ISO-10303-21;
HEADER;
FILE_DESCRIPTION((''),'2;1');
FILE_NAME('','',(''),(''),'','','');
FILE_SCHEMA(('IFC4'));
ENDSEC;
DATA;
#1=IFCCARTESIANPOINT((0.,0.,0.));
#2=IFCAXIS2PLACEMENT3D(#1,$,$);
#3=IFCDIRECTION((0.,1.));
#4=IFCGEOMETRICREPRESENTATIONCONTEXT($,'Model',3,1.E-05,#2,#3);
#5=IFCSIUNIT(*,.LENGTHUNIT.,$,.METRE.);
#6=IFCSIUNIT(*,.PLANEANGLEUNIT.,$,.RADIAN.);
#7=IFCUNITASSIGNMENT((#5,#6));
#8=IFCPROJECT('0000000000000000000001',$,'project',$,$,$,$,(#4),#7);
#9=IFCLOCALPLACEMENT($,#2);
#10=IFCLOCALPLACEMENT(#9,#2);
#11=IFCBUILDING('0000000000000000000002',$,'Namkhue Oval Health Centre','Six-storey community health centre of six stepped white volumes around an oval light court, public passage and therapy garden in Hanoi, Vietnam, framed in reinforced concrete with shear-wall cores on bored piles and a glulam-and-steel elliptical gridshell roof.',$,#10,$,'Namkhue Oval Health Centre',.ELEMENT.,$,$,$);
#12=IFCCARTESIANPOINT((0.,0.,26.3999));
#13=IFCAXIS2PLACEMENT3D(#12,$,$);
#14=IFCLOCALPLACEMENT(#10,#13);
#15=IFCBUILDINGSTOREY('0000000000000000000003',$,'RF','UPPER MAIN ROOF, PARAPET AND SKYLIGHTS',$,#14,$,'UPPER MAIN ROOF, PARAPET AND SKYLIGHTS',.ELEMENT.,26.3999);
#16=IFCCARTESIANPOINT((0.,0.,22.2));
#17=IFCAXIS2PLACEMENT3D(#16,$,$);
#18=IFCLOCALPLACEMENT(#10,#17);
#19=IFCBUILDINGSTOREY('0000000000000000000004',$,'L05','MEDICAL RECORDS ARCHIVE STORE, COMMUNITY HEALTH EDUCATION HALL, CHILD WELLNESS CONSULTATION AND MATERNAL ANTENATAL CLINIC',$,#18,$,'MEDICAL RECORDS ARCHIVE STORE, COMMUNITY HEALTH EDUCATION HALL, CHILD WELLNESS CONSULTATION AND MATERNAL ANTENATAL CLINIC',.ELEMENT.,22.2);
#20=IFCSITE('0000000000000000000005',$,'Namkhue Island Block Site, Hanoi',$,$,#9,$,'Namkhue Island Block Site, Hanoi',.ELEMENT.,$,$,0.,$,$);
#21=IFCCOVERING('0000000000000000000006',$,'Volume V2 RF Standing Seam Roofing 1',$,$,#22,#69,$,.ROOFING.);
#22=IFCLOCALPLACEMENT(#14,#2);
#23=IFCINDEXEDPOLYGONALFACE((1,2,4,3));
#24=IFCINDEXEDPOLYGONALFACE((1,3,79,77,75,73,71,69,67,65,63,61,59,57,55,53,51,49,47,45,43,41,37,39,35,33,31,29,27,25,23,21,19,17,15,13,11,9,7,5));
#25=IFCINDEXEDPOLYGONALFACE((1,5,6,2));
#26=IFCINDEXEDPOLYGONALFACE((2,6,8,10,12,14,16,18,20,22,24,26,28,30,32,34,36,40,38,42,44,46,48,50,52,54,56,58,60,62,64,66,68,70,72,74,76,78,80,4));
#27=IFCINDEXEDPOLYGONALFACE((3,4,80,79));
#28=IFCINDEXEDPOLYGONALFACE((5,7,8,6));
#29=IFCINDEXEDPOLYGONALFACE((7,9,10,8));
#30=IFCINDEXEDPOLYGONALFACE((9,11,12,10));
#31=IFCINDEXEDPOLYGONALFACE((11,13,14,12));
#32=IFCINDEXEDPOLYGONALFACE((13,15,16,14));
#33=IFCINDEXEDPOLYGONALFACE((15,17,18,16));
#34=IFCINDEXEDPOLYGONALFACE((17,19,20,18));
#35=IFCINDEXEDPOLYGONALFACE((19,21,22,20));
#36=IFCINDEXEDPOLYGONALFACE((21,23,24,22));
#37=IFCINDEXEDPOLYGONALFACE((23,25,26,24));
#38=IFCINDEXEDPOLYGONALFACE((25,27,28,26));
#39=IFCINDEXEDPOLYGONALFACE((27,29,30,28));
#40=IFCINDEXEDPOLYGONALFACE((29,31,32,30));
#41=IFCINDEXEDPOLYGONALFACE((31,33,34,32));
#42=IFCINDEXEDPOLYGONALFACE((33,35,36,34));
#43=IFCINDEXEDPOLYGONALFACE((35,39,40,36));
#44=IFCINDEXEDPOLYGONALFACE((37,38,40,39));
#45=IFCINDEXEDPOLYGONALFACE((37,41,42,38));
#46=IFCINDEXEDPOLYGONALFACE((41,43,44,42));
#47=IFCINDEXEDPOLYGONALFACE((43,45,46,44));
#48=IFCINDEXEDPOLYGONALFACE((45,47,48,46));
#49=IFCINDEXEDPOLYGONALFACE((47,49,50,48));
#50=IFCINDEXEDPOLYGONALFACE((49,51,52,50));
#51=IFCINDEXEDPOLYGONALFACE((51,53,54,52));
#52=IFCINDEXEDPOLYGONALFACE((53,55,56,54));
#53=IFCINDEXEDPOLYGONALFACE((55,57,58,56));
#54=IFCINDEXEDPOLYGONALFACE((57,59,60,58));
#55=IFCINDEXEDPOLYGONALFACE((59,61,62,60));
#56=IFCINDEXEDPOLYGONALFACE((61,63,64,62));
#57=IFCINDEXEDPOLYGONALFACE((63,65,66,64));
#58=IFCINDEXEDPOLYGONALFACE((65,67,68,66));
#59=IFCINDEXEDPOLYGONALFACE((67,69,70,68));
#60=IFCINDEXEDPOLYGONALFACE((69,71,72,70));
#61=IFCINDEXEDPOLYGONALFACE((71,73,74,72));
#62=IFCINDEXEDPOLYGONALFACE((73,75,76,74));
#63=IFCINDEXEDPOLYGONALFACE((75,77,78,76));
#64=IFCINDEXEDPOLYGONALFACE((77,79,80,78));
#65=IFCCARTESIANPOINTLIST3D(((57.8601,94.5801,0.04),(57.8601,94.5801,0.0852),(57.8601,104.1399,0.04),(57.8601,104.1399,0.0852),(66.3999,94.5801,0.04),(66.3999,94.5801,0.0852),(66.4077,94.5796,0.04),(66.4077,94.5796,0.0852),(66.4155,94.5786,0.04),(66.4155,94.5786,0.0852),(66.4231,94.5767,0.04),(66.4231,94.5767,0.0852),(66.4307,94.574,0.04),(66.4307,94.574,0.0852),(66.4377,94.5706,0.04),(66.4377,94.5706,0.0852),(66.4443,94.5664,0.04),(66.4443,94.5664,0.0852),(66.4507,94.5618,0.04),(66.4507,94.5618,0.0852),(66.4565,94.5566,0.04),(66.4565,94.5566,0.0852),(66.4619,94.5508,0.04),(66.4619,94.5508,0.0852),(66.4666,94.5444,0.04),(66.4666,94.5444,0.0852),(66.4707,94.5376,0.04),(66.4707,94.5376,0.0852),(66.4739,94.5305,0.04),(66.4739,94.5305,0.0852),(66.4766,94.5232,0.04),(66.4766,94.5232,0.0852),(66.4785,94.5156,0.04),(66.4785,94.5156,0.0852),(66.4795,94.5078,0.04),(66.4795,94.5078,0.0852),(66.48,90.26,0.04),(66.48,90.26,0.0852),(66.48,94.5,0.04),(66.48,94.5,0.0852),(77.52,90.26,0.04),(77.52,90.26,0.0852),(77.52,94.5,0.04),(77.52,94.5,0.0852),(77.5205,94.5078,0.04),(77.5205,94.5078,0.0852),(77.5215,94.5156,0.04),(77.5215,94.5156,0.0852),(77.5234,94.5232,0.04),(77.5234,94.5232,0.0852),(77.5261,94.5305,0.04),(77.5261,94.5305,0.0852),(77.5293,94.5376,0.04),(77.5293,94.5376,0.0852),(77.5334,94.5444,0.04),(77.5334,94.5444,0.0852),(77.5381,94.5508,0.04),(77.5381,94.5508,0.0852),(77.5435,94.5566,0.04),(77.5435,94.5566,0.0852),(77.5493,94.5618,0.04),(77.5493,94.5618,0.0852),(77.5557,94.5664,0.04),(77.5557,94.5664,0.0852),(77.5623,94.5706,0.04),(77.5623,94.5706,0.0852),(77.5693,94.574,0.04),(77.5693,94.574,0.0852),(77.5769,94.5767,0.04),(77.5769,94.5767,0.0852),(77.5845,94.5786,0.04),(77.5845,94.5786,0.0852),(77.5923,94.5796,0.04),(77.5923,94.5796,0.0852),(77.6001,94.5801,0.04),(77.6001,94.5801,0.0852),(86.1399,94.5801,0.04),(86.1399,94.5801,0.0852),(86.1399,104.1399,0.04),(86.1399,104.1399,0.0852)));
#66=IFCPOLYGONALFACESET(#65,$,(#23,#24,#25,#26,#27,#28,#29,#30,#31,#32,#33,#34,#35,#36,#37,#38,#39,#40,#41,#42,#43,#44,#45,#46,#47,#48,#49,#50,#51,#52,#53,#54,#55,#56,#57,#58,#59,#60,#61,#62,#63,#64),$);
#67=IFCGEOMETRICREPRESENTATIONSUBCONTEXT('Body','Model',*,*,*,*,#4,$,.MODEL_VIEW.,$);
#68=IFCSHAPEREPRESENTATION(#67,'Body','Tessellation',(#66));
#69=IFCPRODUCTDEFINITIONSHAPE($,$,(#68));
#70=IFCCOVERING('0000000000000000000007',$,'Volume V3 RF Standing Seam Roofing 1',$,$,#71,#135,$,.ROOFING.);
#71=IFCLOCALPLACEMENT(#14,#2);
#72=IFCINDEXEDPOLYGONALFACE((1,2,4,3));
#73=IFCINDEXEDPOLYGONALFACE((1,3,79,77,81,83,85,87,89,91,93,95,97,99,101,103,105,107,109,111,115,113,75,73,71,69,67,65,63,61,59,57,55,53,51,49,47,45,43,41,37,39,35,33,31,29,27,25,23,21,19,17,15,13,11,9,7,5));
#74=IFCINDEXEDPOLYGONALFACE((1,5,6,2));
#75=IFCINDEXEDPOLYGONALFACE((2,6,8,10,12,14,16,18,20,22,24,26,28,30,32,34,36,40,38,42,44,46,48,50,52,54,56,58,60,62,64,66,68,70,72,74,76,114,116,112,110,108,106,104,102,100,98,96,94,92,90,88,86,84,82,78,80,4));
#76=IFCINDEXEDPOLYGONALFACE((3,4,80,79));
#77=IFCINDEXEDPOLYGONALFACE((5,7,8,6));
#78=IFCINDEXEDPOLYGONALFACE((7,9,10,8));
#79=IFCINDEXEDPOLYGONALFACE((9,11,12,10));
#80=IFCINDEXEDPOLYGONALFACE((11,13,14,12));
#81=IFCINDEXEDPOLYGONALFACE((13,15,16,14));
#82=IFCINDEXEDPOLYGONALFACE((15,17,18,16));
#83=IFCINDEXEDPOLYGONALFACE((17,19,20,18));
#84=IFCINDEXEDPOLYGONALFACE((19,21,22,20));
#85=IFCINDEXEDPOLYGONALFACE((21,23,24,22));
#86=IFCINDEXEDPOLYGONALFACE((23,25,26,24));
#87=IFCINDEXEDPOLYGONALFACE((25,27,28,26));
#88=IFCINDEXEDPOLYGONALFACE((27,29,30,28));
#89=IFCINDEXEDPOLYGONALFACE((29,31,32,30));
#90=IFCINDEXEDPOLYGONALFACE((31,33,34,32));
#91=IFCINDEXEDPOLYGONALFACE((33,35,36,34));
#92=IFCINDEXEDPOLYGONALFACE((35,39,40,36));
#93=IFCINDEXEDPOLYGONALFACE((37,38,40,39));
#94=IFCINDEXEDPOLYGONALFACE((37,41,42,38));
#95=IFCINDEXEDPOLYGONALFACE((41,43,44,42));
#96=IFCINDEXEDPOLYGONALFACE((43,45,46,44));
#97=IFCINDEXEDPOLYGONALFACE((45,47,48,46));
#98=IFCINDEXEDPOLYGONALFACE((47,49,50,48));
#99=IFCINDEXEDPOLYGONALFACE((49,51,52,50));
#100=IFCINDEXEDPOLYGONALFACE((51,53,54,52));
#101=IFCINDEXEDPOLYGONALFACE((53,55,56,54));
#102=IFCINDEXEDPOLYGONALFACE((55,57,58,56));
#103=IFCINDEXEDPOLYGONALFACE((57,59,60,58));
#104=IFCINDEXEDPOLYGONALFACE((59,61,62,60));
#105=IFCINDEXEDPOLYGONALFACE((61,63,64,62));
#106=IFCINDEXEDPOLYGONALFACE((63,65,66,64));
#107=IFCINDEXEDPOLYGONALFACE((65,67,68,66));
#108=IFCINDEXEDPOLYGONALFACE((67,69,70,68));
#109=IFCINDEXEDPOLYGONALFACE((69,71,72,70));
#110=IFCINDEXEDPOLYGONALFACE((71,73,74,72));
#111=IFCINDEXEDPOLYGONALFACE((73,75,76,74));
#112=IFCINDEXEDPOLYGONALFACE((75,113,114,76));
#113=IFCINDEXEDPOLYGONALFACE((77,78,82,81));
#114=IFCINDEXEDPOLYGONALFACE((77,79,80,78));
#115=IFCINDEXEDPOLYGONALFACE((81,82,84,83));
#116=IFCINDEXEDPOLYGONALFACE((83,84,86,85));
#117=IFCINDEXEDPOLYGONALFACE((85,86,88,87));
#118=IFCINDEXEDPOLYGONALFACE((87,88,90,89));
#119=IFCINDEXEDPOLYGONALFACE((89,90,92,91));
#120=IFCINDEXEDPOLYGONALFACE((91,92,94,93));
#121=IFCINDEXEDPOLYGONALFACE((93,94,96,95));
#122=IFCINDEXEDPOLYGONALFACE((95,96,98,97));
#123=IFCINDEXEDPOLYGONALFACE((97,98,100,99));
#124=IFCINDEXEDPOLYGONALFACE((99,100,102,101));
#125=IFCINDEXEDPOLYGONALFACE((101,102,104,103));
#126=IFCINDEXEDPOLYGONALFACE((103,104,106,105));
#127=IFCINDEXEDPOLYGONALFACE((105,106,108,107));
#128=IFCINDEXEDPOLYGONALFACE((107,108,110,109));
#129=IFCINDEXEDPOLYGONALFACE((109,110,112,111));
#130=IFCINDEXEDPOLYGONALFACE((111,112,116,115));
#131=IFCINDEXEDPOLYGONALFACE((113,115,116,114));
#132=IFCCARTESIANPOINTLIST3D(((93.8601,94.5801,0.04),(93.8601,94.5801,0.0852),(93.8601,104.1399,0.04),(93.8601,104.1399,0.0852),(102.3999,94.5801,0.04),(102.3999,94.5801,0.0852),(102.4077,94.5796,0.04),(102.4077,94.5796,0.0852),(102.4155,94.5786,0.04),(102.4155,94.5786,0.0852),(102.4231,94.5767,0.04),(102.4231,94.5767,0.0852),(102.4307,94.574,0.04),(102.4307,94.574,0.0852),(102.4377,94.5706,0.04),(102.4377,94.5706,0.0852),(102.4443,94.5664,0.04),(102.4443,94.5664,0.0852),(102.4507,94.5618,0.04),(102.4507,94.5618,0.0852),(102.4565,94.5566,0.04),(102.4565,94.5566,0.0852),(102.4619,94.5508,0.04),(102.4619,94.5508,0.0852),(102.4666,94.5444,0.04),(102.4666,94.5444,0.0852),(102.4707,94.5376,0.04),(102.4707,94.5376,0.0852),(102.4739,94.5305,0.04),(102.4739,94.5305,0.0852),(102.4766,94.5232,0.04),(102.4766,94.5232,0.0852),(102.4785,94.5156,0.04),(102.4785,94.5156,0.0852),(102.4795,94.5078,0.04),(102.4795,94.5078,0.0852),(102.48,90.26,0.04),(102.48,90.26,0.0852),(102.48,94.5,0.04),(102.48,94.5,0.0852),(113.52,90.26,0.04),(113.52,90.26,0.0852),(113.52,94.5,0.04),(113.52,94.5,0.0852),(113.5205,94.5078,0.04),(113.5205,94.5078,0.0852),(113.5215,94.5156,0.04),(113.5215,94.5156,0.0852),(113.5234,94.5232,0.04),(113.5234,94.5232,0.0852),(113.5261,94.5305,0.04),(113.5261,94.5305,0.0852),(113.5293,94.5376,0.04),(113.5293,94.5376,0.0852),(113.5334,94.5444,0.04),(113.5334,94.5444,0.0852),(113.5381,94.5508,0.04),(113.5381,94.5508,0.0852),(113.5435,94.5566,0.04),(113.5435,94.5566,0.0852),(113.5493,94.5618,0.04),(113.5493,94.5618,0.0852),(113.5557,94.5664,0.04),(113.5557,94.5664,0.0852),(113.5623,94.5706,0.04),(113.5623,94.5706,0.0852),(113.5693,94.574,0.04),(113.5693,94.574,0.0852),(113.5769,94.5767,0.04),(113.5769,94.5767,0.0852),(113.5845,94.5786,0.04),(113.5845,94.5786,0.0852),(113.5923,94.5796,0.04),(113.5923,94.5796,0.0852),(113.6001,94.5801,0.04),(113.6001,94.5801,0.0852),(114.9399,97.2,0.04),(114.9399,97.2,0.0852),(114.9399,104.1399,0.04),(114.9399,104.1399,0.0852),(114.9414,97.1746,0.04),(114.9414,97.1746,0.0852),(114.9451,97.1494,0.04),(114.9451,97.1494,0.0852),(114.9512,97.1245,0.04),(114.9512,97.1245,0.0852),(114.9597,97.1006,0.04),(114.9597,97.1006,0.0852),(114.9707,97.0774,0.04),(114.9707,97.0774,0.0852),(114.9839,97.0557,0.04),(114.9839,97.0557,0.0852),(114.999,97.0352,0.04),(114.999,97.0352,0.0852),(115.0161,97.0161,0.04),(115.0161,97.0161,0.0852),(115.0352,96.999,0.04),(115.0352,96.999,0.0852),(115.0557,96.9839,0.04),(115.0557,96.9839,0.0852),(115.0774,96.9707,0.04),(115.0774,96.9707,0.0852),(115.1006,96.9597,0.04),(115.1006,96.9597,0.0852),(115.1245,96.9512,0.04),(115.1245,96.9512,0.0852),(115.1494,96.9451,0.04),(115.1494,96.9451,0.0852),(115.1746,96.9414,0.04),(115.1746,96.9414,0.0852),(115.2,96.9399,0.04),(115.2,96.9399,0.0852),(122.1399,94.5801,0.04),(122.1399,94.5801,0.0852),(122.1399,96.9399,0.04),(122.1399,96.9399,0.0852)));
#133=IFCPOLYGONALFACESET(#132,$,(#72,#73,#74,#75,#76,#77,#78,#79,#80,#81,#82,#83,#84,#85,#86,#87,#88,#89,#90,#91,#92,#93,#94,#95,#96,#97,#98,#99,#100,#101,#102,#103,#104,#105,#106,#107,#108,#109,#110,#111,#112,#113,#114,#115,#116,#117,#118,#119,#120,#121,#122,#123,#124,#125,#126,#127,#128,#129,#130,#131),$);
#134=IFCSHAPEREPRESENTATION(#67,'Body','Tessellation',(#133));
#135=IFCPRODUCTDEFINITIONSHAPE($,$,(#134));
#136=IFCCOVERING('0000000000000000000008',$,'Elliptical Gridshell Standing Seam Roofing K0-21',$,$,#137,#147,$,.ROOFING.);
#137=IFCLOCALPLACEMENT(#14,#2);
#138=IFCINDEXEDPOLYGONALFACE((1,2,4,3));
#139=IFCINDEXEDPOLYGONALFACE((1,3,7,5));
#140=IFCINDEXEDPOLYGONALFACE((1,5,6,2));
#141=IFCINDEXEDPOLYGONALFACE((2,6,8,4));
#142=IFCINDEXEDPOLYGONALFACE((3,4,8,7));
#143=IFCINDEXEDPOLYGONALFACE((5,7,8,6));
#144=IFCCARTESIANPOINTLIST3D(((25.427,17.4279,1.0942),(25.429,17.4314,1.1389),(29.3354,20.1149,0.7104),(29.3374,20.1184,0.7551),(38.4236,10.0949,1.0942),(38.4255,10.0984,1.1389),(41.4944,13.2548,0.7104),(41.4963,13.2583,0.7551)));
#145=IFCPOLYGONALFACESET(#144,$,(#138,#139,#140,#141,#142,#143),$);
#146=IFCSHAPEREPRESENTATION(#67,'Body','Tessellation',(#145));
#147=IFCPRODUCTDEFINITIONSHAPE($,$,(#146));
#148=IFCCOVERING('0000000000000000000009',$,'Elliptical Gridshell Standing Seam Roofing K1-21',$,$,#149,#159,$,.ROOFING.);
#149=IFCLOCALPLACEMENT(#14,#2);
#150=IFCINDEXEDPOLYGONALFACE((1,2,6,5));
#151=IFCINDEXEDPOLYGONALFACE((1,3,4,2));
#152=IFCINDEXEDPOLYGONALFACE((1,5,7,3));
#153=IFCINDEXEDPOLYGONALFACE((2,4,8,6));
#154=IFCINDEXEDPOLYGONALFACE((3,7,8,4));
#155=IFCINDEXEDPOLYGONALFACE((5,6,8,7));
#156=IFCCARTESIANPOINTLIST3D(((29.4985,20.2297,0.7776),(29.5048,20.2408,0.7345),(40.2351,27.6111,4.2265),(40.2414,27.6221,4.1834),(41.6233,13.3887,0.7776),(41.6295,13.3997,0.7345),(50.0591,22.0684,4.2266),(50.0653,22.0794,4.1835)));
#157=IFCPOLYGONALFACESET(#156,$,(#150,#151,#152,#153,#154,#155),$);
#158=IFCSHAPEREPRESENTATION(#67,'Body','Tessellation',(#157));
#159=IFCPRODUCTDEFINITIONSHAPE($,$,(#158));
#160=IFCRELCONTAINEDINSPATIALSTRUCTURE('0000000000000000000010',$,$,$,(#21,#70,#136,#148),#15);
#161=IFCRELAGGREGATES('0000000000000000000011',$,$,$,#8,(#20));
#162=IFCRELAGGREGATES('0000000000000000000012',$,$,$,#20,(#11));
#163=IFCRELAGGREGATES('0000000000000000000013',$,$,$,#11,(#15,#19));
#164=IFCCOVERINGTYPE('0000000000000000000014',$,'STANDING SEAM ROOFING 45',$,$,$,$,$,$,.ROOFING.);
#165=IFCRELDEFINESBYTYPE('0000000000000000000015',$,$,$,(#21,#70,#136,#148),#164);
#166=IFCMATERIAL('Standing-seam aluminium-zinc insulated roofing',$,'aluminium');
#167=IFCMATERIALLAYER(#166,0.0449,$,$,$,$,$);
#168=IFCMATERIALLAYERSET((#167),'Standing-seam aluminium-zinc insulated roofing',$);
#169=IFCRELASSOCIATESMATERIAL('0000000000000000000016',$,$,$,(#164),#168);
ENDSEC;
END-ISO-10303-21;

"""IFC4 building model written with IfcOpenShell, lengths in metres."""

from ifc_helpers import new_model, si_unit, direction, frame, origin, place, context, subcontext, project, spatial, polyline, outline, extrude, material, layer, layer_set, type_object, element, save


model = new_model("IFC4")

# Units and contexts
model_context = context("Model", 3, precision=1e-05, world=origin(), true_north=direction((0.0, 1.0)))
body_context = subcontext(model_context, "Body", "Model", "MODEL_VIEW")
ifc_project = project(units=[si_unit("LENGTHUNIT", "METRE"), si_unit("PLANEANGLEUNIT", "RADIAN")], contexts=[model_context])

# Site, building, storey
site_placement = place(None, origin())
site = spatial("IfcSite", under=ifc_project, at=site_placement, Name="Namkhue Island Block Site, Hanoi", LongName="Namkhue Island Block Site, Hanoi", CompositionType="ELEMENT", RefElevation=0.0)
building_placement = place(site_placement, origin())
building = spatial("IfcBuilding", under=site, at=building_placement, Name="Namkhue Oval Health Centre", Description="Six-storey community health centre of six stepped white volumes around an oval light court, public passage and therapy garden in Hanoi, Vietnam, framed in reinforced concrete with shear-wall cores on bored piles and a glulam-and-steel elliptical gridshell roof.", LongName="Namkhue Oval Health Centre", CompositionType="ELEMENT")
storey_1_placement = place(building_placement, frame((0.0, 0.0, 26.3999)))
storey_1 = spatial("IfcBuildingStorey", under=building, at=storey_1_placement, Name="RF", Description="UPPER MAIN ROOF, PARAPET AND SKYLIGHTS", LongName="UPPER MAIN ROOF, PARAPET AND SKYLIGHTS", CompositionType="ELEMENT", Elevation=26.3999)

# Shared definitions
storey_2_placement = place(building_placement, frame((0.0, 0.0, 22.2)))
storey_2 = spatial("IfcBuildingStorey", under=building, at=storey_2_placement, Name="L05", Description="MEDICAL RECORDS ARCHIVE STORE, COMMUNITY HEALTH EDUCATION HALL, CHILD WELLNESS CONSULTATION AND MATERNAL ANTENATAL CLINIC", LongName="MEDICAL RECORDS ARCHIVE STORE, COMMUNITY HEALTH EDUCATION HALL, CHILD WELLNESS CONSULTATION AND MATERNAL ANTENATAL CLINIC", CompositionType="ELEMENT", Elevation=22.2)

# Shared definitions
ifc_material_1 = material(Name="Standing-seam aluminium-zinc insulated roofing", Category="aluminium")

# Coverings
ifc_layer_1 = layer(ifc_material_1, 0.0449)
ifc_layer_set_1 = layer_set([ifc_layer_1], Name="Standing-seam aluminium-zinc insulated roofing")
covering_type_1 = type_object("IfcCoveringType", Name="STANDING SEAM ROOFING 45", PredefinedType="ROOFING", material=ifc_layer_set_1)
covering_1_placement = place(storey_1_placement, frame((0.0, 0.0, 0.04)))
element("IfcCovering", 1, at=covering_1_placement, inside=storey_1, type_object=covering_type_1, Name="Volume V2 RF Standing Seam Roofing 1", PredefinedType="ROOFING", context=body_context, shape_type="SweptSolid", body=[
    extrude(outline(polyline([(86.1399, 104.1399), (86.1399, 94.5801), (77.6001, 94.5801), (77.5923, 94.5796), (77.5845, 94.5786), (77.5769, 94.5767), (77.5693, 94.574), (77.5623, 94.5706), (77.5557, 94.5664), (77.5493, 94.5618), (77.5435, 94.5566), (77.5381, 94.5508), (77.5334, 94.5444), (77.5293, 94.5376), (77.5261, 94.5305), (77.5234, 94.5232), (77.5215, 94.5156), (77.5205, 94.5078), (77.52, 94.5), (77.52, 90.26), (66.48, 90.26), (66.48, 94.5), (66.4795, 94.5078), (66.4785, 94.5156), (66.4766, 94.5232), (66.4739, 94.5305), (66.4707, 94.5376), (66.4666, 94.5444), (66.4619, 94.5508), (66.4565, 94.5566), (66.4507, 94.5618), (66.4443, 94.5664), (66.4377, 94.5706), (66.4307, 94.574), (66.4231, 94.5767), (66.4155, 94.5786), (66.4077, 94.5796), (66.3999, 94.5801), (57.8601, 94.5801), (57.8601, 104.1399), (86.1399, 104.1399)])), origin(), (0.0, 0.0, 1.0), 0.0452),
])
covering_2_placement = place(storey_1_placement, frame((0.0, 0.0, 0.04)))
element("IfcCovering", 2, at=covering_2_placement, inside=storey_1, type_object=covering_type_1, Name="Volume V3 RF Standing Seam Roofing 1", PredefinedType="ROOFING", context=body_context, shape_type="SweptSolid", body=[
    extrude(outline(polyline([(114.9399, 104.1399), (114.9399, 97.2), (114.9414, 97.1746), (114.9451, 97.1494), (114.9512, 97.1245), (114.9597, 97.1006), (114.9707, 97.0774), (114.9839, 97.0557), (114.999, 97.0352), (115.0161, 97.0161), (115.0352, 96.999), (115.0557, 96.9839), (115.0774, 96.9707), (115.1006, 96.9597), (115.1245, 96.9512), (115.1494, 96.9451), (115.1746, 96.9414), (115.2, 96.9399), (122.1399, 96.9399), (122.1399, 94.5801), (113.6001, 94.5801), (113.5923, 94.5796), (113.5845, 94.5786), (113.5769, 94.5767), (113.5693, 94.574), (113.5623, 94.5706), (113.5557, 94.5664), (113.5493, 94.5618), (113.5435, 94.5566), (113.5381, 94.5508), (113.5334, 94.5444), (113.5293, 94.5376), (113.5261, 94.5305), (113.5234, 94.5232), (113.5215, 94.5156), (113.5205, 94.5078), (113.52, 94.5), (113.52, 90.26), (102.48, 90.26), (102.48, 94.5), (102.4795, 94.5078), (102.4785, 94.5156), (102.4766, 94.5232), (102.4739, 94.5305), (102.4707, 94.5376), (102.4666, 94.5444), (102.4619, 94.5508), (102.4565, 94.5566), (102.4507, 94.5618), (102.4443, 94.5664), (102.4377, 94.5706), (102.4307, 94.574), (102.4231, 94.5767), (102.4155, 94.5786), (102.4077, 94.5796), (102.3999, 94.5801), (93.8601, 94.5801), (93.8601, 104.1399), (114.9399, 104.1399)])), origin(), (0.0, 0.0, 1.0), 0.0452),
])
covering_3_placement = place(storey_1_placement, frame((25.429, 17.4314, 1.1389), z_axis=(0.044082, 0.07813, 0.995968), x_axis=(0.870933, -0.491403, 0.000001)))
element("IfcCovering", 3, at=covering_3_placement, inside=storey_1, type_object=covering_type_1, Name="Elliptical Gridshell Standing Seam Roofing K0-21", PredefinedType="ROOFING", context=body_context, shape_type="SweptSolid", body=[
    extrude(outline(polyline([(0.0, 0.0), (14.9226, 0.0), (16.0443, 4.2783), (2.0836, 4.2781), (0.0, 0.0)])), origin(), (0.0, 0.0, -1.0), 0.0449),
])
covering_4_placement = place(storey_1_placement, frame((29.4985, 20.2297, 0.7776), z_axis=(-0.138893, -0.246171, 0.959223), x_axis=(0.870934, -0.4914, -0.000002)))
element("IfcCovering", 4, at=covering_4_placement, inside=storey_1, type_object=covering_type_1, Name="Elliptical Gridshell Standing Seam Roofing K1-21", PredefinedType="ROOFING", context=body_context, shape_type="SweptSolid", body=[
    extrude(outline(polyline([(0.0, 0.0), (13.9216, 0.0), (17.0034, 12.2024), (5.7236, 12.2022), (0.0, 0.0)])), origin(), (0.0, 0.0, -1.0), 0.0449),
])

save(model, "model.ifc")
